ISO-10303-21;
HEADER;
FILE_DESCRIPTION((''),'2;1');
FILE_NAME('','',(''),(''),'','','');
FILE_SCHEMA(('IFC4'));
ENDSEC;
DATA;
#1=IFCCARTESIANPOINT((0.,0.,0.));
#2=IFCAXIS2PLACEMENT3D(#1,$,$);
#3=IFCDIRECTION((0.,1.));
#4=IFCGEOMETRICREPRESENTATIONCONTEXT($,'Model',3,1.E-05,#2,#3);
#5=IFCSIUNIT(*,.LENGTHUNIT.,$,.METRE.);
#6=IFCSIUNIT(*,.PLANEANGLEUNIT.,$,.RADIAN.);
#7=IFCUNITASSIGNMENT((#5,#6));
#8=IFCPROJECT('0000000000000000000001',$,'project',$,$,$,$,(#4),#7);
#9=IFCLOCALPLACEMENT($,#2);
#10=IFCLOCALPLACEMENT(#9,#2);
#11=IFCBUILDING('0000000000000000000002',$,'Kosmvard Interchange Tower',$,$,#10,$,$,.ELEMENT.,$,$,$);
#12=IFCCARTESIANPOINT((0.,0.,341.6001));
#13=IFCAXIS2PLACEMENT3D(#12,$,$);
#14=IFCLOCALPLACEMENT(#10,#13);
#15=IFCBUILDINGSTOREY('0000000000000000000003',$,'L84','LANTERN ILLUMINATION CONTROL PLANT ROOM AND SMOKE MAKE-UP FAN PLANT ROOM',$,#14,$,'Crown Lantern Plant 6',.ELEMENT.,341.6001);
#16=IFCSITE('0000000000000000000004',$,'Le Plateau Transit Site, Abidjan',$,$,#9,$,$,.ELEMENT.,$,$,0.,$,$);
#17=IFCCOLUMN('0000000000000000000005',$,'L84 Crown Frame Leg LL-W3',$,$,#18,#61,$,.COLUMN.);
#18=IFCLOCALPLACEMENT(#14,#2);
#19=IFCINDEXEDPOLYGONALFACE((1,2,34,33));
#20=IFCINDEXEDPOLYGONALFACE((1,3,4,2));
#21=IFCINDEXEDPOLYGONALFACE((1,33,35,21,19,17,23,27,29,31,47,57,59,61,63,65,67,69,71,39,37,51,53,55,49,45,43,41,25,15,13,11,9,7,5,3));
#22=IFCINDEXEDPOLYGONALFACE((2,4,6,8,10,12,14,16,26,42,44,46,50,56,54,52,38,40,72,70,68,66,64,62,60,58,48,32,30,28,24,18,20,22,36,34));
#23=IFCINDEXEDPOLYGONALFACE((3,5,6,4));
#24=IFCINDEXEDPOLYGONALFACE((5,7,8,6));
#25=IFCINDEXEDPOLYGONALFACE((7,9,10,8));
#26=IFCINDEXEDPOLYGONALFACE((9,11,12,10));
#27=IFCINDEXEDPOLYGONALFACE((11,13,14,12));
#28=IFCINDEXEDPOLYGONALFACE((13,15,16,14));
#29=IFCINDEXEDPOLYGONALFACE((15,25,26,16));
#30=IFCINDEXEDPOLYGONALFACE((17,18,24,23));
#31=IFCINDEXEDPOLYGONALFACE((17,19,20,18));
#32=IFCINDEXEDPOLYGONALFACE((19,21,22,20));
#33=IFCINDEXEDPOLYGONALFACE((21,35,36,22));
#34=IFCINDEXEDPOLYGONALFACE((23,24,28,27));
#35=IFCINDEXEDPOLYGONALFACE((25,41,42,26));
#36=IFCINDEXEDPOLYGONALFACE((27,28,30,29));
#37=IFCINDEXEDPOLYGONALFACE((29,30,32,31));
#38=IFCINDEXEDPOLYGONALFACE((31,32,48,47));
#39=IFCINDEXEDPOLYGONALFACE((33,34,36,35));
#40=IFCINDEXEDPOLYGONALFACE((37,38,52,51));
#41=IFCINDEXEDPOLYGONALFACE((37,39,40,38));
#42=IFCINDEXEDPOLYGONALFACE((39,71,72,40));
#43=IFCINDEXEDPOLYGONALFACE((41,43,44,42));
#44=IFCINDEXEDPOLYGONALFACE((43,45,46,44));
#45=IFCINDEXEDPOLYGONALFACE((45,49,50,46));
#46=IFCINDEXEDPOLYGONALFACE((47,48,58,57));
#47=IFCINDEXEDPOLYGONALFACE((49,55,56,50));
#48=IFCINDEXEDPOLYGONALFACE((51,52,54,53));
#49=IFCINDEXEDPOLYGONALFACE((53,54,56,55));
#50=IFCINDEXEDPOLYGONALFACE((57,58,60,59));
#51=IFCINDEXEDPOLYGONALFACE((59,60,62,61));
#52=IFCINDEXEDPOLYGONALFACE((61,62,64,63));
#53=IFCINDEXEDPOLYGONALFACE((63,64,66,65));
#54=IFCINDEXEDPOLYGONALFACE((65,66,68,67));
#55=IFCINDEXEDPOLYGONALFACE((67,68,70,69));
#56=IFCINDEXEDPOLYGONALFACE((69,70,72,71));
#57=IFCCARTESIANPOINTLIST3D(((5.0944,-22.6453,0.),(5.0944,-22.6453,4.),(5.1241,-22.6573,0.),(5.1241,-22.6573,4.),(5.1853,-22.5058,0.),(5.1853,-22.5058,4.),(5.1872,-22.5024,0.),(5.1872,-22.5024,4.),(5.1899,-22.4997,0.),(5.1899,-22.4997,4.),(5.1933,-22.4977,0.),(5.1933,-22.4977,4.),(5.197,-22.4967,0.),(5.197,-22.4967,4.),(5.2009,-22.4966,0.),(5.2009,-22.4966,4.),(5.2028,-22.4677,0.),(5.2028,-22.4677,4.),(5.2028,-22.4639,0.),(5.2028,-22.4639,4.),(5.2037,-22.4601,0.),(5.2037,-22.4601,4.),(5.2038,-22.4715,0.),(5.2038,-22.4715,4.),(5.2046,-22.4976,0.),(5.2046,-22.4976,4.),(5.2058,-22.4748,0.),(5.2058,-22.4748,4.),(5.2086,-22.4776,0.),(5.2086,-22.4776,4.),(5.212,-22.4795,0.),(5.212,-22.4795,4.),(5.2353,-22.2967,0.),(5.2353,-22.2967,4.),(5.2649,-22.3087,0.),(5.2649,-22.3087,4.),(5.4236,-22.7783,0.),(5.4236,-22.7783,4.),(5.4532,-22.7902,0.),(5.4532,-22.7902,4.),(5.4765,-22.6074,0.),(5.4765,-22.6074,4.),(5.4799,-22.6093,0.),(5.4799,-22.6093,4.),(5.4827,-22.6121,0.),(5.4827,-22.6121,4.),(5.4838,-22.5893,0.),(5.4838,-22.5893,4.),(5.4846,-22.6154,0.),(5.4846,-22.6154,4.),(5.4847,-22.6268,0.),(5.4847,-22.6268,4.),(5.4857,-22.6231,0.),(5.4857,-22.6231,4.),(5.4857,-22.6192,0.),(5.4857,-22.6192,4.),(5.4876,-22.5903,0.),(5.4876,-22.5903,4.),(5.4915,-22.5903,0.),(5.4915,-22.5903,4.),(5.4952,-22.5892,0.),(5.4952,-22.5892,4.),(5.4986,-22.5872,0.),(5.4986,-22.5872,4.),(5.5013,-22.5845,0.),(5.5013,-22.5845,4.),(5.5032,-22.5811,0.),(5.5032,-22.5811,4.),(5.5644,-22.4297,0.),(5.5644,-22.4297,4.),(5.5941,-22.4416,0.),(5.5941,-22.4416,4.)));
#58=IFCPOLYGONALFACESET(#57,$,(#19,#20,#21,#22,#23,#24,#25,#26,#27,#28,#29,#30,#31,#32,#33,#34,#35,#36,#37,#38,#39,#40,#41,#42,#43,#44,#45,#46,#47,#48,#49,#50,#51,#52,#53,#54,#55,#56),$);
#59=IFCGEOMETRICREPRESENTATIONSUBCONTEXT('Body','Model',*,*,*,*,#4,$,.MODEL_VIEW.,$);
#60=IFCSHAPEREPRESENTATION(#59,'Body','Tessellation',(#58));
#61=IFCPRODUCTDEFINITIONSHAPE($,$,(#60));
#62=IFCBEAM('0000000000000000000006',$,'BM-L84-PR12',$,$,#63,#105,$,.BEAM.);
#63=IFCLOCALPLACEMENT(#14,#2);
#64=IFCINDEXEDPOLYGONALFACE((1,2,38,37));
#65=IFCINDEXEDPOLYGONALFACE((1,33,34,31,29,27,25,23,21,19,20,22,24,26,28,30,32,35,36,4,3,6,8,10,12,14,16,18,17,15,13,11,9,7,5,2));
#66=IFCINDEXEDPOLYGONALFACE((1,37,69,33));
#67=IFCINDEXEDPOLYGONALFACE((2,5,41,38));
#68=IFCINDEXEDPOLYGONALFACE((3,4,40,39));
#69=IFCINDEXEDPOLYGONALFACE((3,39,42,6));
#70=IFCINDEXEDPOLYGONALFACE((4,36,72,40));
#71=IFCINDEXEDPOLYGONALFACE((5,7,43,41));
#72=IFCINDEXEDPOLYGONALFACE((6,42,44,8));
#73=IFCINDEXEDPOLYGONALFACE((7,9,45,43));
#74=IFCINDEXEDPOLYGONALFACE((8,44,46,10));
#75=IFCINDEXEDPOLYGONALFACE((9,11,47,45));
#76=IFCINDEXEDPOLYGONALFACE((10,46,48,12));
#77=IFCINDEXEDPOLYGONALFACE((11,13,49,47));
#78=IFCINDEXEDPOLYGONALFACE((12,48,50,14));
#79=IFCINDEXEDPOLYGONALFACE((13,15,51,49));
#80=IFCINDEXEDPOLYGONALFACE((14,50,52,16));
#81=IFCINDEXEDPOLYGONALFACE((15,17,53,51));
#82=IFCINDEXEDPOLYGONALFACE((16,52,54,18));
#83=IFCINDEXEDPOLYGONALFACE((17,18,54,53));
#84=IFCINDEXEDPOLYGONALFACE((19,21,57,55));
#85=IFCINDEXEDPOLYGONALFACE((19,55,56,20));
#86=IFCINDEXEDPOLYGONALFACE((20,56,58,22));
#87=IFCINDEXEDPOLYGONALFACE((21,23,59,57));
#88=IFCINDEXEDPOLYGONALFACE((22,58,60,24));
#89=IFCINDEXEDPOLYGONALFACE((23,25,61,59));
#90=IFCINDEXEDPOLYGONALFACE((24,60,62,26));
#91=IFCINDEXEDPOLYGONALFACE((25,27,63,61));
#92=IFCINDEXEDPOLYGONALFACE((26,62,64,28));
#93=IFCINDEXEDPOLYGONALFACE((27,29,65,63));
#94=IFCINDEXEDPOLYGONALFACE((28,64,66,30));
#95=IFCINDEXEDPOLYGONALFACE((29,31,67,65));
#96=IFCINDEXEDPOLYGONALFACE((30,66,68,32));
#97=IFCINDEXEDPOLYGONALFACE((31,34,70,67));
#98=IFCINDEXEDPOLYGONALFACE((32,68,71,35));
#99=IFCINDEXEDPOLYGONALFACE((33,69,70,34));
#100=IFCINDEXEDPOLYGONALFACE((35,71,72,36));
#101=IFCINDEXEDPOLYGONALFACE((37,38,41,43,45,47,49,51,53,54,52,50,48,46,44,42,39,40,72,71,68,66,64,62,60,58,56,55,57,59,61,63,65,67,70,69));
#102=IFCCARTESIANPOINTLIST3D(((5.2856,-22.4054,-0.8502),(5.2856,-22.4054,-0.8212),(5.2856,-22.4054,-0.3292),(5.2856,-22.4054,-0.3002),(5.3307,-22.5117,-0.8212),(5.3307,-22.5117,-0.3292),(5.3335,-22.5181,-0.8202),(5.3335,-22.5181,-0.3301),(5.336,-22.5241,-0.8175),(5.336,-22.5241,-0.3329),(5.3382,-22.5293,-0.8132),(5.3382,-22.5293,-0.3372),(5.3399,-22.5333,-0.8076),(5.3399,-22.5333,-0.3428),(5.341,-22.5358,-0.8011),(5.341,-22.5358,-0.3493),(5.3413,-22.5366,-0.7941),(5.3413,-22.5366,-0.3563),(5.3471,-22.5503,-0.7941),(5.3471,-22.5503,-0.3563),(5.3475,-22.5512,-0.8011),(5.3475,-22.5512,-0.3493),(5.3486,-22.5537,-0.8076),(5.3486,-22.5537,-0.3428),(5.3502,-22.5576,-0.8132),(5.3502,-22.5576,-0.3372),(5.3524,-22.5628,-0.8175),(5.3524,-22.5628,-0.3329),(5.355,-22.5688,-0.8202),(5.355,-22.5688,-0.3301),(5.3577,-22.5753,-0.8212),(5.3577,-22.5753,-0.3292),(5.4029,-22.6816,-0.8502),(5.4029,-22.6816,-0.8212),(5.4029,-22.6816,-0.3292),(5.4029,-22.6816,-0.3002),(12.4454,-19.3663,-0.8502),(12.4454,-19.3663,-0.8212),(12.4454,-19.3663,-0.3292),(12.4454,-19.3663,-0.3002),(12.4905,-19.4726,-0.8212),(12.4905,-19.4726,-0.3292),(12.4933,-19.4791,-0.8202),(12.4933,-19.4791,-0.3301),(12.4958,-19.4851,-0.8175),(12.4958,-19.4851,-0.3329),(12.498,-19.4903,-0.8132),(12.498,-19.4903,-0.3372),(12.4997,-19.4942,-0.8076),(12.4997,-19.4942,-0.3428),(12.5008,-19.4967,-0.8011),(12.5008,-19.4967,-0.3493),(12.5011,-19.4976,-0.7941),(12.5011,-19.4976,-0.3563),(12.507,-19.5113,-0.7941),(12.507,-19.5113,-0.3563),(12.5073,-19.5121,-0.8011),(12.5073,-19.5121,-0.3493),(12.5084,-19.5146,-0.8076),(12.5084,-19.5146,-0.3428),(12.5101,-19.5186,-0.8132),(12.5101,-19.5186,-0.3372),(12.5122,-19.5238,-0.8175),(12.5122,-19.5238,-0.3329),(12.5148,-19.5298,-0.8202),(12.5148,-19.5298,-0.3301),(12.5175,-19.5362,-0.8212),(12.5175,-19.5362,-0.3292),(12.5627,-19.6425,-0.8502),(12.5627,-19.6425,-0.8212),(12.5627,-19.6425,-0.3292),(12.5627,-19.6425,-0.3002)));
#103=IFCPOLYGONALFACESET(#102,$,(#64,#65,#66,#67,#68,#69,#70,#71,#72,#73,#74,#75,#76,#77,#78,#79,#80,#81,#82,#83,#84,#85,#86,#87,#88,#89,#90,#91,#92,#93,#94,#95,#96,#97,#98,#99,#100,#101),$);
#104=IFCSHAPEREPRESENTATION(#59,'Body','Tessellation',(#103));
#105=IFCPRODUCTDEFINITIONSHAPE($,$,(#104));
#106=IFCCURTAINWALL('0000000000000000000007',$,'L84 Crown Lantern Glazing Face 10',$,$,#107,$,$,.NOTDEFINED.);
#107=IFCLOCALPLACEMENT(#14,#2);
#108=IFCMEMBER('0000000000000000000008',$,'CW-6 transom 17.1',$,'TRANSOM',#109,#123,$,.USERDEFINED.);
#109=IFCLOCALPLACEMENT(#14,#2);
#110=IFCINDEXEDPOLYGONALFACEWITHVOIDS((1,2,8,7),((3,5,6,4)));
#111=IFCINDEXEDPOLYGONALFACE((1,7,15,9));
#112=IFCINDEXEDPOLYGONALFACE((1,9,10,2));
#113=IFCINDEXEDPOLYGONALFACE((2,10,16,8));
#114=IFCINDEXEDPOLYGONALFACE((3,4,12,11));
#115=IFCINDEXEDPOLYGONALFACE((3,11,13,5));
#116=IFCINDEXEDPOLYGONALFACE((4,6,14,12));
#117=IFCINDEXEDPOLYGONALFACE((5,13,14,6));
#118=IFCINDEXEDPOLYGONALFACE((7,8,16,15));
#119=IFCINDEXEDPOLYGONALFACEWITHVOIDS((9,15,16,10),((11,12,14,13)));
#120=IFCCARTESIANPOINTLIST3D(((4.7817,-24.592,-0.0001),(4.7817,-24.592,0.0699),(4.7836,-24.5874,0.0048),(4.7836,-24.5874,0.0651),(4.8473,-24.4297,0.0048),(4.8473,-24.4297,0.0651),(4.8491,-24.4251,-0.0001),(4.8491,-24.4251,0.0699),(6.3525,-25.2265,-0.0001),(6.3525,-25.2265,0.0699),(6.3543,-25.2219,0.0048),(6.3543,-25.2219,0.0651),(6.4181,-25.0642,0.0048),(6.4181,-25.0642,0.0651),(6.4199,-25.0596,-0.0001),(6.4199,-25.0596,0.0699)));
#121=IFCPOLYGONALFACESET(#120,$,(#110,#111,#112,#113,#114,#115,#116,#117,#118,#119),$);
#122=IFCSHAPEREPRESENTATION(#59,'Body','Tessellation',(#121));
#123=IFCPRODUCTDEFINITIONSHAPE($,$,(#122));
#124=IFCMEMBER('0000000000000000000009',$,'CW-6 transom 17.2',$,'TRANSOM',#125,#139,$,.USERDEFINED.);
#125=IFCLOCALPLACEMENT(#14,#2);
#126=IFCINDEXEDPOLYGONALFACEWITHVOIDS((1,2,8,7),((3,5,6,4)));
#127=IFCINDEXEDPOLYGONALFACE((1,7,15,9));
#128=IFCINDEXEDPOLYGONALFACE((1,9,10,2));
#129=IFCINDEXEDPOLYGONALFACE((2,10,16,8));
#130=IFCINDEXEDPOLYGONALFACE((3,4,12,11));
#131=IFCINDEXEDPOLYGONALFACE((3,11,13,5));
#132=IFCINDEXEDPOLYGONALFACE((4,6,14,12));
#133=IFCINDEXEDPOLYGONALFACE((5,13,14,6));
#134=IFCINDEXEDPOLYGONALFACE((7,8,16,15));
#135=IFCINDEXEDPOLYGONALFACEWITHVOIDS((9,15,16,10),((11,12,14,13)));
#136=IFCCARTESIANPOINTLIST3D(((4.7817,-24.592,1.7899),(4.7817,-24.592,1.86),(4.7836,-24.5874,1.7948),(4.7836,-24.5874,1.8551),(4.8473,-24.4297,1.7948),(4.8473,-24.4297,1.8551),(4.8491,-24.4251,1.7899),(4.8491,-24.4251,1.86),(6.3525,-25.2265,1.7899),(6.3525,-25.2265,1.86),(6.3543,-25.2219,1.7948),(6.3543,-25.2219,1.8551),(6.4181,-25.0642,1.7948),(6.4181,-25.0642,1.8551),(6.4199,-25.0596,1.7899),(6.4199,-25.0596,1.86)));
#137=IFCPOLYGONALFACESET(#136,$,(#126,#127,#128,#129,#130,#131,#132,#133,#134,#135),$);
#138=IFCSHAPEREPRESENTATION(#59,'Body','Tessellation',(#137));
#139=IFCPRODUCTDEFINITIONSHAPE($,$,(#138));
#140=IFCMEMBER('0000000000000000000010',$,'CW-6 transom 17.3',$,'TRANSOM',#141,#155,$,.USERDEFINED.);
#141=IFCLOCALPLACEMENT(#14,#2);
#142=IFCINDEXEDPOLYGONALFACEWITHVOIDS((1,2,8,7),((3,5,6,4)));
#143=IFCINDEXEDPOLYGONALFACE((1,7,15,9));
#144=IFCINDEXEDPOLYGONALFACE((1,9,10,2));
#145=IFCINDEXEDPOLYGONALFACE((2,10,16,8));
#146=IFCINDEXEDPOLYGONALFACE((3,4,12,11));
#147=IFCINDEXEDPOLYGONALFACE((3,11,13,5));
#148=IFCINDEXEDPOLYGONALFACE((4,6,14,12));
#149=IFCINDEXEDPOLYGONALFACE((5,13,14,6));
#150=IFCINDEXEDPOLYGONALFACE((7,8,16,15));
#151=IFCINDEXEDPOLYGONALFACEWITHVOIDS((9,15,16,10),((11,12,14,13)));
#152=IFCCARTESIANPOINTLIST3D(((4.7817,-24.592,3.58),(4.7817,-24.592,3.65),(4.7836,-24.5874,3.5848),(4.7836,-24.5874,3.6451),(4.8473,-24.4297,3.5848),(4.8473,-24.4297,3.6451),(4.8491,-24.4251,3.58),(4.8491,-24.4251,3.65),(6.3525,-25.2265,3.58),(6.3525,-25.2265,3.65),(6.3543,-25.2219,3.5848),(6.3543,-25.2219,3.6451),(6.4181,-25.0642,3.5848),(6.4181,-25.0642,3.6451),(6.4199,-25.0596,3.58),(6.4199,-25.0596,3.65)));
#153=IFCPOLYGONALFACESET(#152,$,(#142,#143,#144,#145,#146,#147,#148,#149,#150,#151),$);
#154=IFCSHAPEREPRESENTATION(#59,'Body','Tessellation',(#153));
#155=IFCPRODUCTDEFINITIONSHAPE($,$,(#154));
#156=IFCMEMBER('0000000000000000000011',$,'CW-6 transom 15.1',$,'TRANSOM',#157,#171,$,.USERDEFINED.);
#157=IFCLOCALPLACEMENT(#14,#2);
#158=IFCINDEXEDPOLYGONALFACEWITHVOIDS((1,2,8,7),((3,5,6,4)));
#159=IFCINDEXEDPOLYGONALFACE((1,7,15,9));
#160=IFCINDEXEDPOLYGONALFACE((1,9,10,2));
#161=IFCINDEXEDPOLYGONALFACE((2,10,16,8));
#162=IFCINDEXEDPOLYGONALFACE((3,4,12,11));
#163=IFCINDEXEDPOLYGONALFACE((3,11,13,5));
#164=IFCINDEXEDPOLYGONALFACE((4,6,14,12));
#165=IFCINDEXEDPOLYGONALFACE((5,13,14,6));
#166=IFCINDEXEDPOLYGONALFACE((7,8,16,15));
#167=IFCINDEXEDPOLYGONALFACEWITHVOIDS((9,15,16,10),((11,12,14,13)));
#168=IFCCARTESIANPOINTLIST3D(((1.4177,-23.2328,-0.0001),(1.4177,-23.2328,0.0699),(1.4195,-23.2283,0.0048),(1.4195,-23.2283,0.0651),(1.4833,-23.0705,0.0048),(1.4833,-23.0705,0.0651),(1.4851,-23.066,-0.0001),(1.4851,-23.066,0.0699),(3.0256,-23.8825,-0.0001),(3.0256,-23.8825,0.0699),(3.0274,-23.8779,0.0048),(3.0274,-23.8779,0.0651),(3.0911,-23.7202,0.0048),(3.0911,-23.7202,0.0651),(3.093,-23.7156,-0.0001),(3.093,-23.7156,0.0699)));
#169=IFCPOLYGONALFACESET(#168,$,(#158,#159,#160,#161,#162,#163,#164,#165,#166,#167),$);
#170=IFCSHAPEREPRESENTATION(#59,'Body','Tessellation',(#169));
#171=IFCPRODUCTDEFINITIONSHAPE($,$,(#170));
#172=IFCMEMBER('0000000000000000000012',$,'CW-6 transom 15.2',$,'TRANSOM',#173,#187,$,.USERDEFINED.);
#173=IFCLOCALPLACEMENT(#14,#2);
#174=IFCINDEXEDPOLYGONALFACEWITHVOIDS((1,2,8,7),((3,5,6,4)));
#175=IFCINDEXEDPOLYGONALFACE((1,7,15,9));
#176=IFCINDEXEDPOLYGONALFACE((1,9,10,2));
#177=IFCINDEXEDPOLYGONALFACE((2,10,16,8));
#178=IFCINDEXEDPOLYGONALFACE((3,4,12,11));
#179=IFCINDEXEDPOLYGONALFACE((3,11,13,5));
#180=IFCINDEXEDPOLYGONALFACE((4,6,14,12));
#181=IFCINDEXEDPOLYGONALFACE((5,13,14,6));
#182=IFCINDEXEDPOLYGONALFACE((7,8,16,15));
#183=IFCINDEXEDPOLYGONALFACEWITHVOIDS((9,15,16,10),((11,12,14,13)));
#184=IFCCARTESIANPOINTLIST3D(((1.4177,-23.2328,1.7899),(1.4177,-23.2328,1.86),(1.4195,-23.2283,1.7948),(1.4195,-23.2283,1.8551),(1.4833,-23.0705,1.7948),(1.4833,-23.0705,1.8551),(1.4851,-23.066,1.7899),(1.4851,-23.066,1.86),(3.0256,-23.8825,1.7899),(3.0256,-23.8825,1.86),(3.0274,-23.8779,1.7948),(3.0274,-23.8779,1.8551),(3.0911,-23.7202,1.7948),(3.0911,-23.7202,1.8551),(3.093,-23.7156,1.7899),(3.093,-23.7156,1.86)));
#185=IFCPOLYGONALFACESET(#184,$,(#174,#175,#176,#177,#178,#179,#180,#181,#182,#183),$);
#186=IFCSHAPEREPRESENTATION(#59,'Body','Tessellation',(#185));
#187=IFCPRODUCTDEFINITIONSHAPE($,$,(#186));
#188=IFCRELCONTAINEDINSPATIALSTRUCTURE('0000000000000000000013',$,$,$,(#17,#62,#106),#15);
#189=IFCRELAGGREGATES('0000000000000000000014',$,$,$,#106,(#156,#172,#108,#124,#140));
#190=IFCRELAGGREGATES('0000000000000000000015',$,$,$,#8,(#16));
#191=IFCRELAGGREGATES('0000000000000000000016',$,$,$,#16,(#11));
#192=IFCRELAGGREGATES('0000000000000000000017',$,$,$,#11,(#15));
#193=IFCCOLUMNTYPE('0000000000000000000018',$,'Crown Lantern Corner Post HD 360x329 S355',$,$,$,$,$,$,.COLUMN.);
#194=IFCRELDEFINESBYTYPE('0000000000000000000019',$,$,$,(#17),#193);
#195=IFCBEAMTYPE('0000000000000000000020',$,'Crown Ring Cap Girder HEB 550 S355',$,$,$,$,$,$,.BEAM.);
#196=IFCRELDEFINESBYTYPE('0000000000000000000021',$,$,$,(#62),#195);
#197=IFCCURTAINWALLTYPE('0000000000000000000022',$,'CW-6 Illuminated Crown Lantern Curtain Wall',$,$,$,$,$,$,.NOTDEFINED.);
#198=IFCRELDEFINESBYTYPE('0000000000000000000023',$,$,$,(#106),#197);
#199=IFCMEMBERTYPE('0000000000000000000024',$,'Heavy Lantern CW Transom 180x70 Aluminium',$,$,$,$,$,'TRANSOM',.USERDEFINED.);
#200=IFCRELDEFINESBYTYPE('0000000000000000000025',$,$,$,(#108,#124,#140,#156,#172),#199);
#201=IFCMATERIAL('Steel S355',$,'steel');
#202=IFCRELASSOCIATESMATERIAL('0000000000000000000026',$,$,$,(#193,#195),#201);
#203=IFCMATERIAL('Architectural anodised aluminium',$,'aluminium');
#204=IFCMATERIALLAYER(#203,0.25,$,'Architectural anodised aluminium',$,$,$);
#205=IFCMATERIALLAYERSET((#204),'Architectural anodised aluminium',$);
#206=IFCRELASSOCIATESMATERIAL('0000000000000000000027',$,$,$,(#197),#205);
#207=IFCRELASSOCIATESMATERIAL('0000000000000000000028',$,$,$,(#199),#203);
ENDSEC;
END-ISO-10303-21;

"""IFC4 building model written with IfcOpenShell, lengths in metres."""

from ifc_helpers import new_model, si_unit, direction, frame, origin, origin_2d, place, context, subcontext, project, spatial, hollow_rectangle, i_section, extrude, source, transform, mapped, material, layer, layer_set, material_profile, profile_set, type_object, element, aggregate, save


model = new_model("IFC4")

# Units and contexts
model_context = context("Model", 3, precision=1e-05, world=origin(), true_north=direction((0.0, 1.0)))
body_context = subcontext(model_context, "Body", "Model", "MODEL_VIEW")
ifc_project = project(units=[si_unit("LENGTHUNIT", "METRE"), si_unit("PLANEANGLEUNIT", "RADIAN")], contexts=[model_context])

# Site, building, storey
site_placement = place(None, origin())
site = spatial("IfcSite", under=ifc_project, at=site_placement, Name="Le Plateau Transit Site, Abidjan", CompositionType="ELEMENT", RefElevation=0.0)
building_placement = place(site_placement, origin())
building = spatial("IfcBuilding", under=site, at=building_placement, Name="Kosmvard Interchange Tower", CompositionType="ELEMENT")
storey_placement = place(building_placement, frame((0.0, 0.0, 341.6001)))
storey = spatial("IfcBuildingStorey", under=building, at=storey_placement, Name="L84", Description="LANTERN ILLUMINATION CONTROL PLANT ROOM AND SMOKE MAKE-UP FAN PLANT ROOM", LongName="Crown Lantern Plant 6", CompositionType="ELEMENT", Elevation=341.6001)

# Column
ifc_material_1 = material(Name="Steel S355", Category="steel")
ifc_material_profile_1 = material_profile(ifc_material_1, i_section(OverallWidth=0.376, OverallDepth=0.387, WebThickness=0.0195, FlangeThickness=0.032, FilletRadius=0.0149, at=origin_2d()), Name="HD 360x329")
ifc_profile_set_1 = profile_set([ifc_material_profile_1], Name="Steel S355")
column_type = type_object("IfcColumnType", Name="Crown Lantern Corner Post HD 360x329 S355", PredefinedType="COLUMN", material=ifc_profile_set_1)
shared_shape_1 = source(origin(), body_context, "Body", "SweptSolid", [
    extrude(i_section(OverallWidth=0.376, OverallDepth=0.387, WebThickness=0.0195, FlangeThickness=0.032, FilletRadius=0.0149, at=origin_2d()), origin(), (0.0, 0.0, 1.0), 4.0),
])
column_placement = place(storey_placement, frame((5.3442, -22.5435, 0.0), z_axis=(0.0, 0.0, 1.0), x_axis=(0.374607, 0.927184, 0.0)))
element("IfcColumn", 1, at=column_placement, inside=storey, type_object=column_type, Name="L84 Crown Frame Leg LL-W3", PredefinedType="COLUMN", context=body_context, shape_type="MappedRepresentation", body=[
    mapped(shared_shape_1, transform((0.0, 0.0, 0.0), scale=1.0)),
])

# Beam
ifc_material_profile_2 = material_profile(ifc_material_1, i_section(OverallWidth=0.3, OverallDepth=0.55, WebThickness=0.0149, FlangeThickness=0.0291, FilletRadius=0.0271, at=origin_2d()), Name="HEB 550")
ifc_profile_set_2 = profile_set([ifc_material_profile_2], Name="Steel S355")
beam_type = type_object("IfcBeamType", Name="Crown Ring Cap Girder HEB 550 S355", PredefinedType="BEAM", material=ifc_profile_set_2)
shared_shape_2 = source(origin(), body_context, "Body", "SweptSolid", [
    extrude(i_section(OverallWidth=0.3, OverallDepth=0.55, WebThickness=0.0149, FlangeThickness=0.0291, FilletRadius=0.0271, at=origin_2d()), origin(), (0.0, 0.0, 1.0), 7.7781),
])
beam_placement = place(storey_placement, frame((5.3442, -22.5435, -0.5752), z_axis=(0.920511, 0.390716, 0.0), x_axis=(-0.390716, 0.920511, 0.0)))
element("IfcBeam", 2, at=beam_placement, inside=storey, type_object=beam_type, Name="BM-L84-PR12", PredefinedType="BEAM", context=body_context, shape_type="MappedRepresentation", body=[
    mapped(shared_shape_2, transform((0.0, 0.0, 0.0), scale=1.0)),
])

# Curtain wall, members
ifc_material_2 = material(Name="Architectural anodised aluminium", Category="aluminium")
ifc_layer_1 = layer(ifc_material_2, 0.25, Name="Architectural anodised aluminium")
ifc_layer_set_1 = layer_set([ifc_layer_1], Name="Architectural anodised aluminium")
curtain_wall_type = type_object("IfcCurtainWallType", Name="CW-6 Illuminated Crown Lantern Curtain Wall", PredefinedType="NOTDEFINED", material=ifc_layer_set_1)
curtain_wall_placement = place(storey_placement, origin())
curtain_wall = element("IfcCurtainWall", 3, at=curtain_wall_placement, inside=storey, type_object=curtain_wall_type, Name="L84 Crown Lantern Glazing Face 10", PredefinedType="NOTDEFINED")
ifc_material_profile_3 = material_profile(ifc_material_2, hollow_rectangle(XDim=0.1799, YDim=0.0701, WallThickness=0.0049, at=origin_2d()), Name="CWT 180x70x5")
ifc_profile_set_3 = profile_set([ifc_material_profile_3], Name="Architectural anodised aluminium")
member_type_1 = type_object("IfcMemberType", Name="Heavy Lantern CW Transom 180x70 Aluminium", ElementType="TRANSOM", PredefinedType="USERDEFINED", material=ifc_profile_set_3)
shared_shape_3 = source(origin(), body_context, "Body", "SweptSolid", [
    extrude(hollow_rectangle(XDim=0.1799, YDim=0.0701, WallThickness=0.0049, at=origin_2d()), origin(), (0.0, 0.0, 1.0), 1.6941),
])
member_1_placement = place(storey_placement, frame((4.8154, -24.5085, 0.0349), z_axis=(0.927209, -0.374544, 0.0), x_axis=(0.374544, 0.927209, 0.0)))
member_1 = element("IfcMember", 4, at=member_1_placement, type_object=member_type_1, Name="CW-6 transom 17.1", ObjectType="TRANSOM", PredefinedType="USERDEFINED", context=body_context, shape_type="MappedRepresentation", body=[
    mapped(shared_shape_3, transform((0.0, 0.0, 0.0), scale=1.0)),
])
member_2_placement = place(storey_placement, frame((4.8154, -24.5085, 1.825), z_axis=(0.927209, -0.374544, 0.0), x_axis=(0.374544, 0.927209, 0.0)))
member_2 = element("IfcMember", 5, at=member_2_placement, type_object=member_type_1, Name="CW-6 transom 17.2", ObjectType="TRANSOM", PredefinedType="USERDEFINED", context=body_context, shape_type="MappedRepresentation", body=[
    mapped(shared_shape_3, transform((0.0, 0.0, 0.0), scale=1.0)),
])
member_3_placement = place(storey_placement, frame((4.8154, -24.5085, 3.615), z_axis=(0.927209, -0.374544, 0.0), x_axis=(0.374544, 0.927209, 0.0)))
member_3 = element("IfcMember", 6, at=member_3_placement, type_object=member_type_1, Name="CW-6 transom 17.3", ObjectType="TRANSOM", PredefinedType="USERDEFINED", context=body_context, shape_type="MappedRepresentation", body=[
    mapped(shared_shape_3, transform((0.0, 0.0, 0.0), scale=1.0)),
])
shared_shape_4 = source(origin(), body_context, "Body", "SweptSolid", [
    extrude(hollow_rectangle(XDim=0.1799, YDim=0.0701, WallThickness=0.0049, at=origin_2d()), origin(), (0.0, 0.0, 1.0), 1.7341),
])
member_4_placement = place(storey_placement, frame((1.4514, -23.1494, 0.0349), z_axis=(0.92718, -0.374617, 0.0), x_axis=(0.374617, 0.92718, 0.0)))
member_4 = element("IfcMember", 7, at=member_4_placement, type_object=member_type_1, Name="CW-6 transom 15.1", ObjectType="TRANSOM", PredefinedType="USERDEFINED", context=body_context, shape_type="MappedRepresentation", body=[
    mapped(shared_shape_4, transform((0.0, 0.0, 0.0), scale=1.0)),
])
member_5_placement = place(storey_placement, frame((1.4514, -23.1494, 1.825), z_axis=(0.92718, -0.374617, 0.0), x_axis=(0.374617, 0.92718, 0.0)))
member_5 = element("IfcMember", 8, at=member_5_placement, type_object=member_type_1, Name="CW-6 transom 15.2", ObjectType="TRANSOM", PredefinedType="USERDEFINED", context=body_context, shape_type="MappedRepresentation", body=[
    mapped(shared_shape_4, transform((0.0, 0.0, 0.0), scale=1.0)),
])

aggregate(curtain_wall, [member_4, member_5, member_1, member_2, member_3])

save(model, "model.ifc")
